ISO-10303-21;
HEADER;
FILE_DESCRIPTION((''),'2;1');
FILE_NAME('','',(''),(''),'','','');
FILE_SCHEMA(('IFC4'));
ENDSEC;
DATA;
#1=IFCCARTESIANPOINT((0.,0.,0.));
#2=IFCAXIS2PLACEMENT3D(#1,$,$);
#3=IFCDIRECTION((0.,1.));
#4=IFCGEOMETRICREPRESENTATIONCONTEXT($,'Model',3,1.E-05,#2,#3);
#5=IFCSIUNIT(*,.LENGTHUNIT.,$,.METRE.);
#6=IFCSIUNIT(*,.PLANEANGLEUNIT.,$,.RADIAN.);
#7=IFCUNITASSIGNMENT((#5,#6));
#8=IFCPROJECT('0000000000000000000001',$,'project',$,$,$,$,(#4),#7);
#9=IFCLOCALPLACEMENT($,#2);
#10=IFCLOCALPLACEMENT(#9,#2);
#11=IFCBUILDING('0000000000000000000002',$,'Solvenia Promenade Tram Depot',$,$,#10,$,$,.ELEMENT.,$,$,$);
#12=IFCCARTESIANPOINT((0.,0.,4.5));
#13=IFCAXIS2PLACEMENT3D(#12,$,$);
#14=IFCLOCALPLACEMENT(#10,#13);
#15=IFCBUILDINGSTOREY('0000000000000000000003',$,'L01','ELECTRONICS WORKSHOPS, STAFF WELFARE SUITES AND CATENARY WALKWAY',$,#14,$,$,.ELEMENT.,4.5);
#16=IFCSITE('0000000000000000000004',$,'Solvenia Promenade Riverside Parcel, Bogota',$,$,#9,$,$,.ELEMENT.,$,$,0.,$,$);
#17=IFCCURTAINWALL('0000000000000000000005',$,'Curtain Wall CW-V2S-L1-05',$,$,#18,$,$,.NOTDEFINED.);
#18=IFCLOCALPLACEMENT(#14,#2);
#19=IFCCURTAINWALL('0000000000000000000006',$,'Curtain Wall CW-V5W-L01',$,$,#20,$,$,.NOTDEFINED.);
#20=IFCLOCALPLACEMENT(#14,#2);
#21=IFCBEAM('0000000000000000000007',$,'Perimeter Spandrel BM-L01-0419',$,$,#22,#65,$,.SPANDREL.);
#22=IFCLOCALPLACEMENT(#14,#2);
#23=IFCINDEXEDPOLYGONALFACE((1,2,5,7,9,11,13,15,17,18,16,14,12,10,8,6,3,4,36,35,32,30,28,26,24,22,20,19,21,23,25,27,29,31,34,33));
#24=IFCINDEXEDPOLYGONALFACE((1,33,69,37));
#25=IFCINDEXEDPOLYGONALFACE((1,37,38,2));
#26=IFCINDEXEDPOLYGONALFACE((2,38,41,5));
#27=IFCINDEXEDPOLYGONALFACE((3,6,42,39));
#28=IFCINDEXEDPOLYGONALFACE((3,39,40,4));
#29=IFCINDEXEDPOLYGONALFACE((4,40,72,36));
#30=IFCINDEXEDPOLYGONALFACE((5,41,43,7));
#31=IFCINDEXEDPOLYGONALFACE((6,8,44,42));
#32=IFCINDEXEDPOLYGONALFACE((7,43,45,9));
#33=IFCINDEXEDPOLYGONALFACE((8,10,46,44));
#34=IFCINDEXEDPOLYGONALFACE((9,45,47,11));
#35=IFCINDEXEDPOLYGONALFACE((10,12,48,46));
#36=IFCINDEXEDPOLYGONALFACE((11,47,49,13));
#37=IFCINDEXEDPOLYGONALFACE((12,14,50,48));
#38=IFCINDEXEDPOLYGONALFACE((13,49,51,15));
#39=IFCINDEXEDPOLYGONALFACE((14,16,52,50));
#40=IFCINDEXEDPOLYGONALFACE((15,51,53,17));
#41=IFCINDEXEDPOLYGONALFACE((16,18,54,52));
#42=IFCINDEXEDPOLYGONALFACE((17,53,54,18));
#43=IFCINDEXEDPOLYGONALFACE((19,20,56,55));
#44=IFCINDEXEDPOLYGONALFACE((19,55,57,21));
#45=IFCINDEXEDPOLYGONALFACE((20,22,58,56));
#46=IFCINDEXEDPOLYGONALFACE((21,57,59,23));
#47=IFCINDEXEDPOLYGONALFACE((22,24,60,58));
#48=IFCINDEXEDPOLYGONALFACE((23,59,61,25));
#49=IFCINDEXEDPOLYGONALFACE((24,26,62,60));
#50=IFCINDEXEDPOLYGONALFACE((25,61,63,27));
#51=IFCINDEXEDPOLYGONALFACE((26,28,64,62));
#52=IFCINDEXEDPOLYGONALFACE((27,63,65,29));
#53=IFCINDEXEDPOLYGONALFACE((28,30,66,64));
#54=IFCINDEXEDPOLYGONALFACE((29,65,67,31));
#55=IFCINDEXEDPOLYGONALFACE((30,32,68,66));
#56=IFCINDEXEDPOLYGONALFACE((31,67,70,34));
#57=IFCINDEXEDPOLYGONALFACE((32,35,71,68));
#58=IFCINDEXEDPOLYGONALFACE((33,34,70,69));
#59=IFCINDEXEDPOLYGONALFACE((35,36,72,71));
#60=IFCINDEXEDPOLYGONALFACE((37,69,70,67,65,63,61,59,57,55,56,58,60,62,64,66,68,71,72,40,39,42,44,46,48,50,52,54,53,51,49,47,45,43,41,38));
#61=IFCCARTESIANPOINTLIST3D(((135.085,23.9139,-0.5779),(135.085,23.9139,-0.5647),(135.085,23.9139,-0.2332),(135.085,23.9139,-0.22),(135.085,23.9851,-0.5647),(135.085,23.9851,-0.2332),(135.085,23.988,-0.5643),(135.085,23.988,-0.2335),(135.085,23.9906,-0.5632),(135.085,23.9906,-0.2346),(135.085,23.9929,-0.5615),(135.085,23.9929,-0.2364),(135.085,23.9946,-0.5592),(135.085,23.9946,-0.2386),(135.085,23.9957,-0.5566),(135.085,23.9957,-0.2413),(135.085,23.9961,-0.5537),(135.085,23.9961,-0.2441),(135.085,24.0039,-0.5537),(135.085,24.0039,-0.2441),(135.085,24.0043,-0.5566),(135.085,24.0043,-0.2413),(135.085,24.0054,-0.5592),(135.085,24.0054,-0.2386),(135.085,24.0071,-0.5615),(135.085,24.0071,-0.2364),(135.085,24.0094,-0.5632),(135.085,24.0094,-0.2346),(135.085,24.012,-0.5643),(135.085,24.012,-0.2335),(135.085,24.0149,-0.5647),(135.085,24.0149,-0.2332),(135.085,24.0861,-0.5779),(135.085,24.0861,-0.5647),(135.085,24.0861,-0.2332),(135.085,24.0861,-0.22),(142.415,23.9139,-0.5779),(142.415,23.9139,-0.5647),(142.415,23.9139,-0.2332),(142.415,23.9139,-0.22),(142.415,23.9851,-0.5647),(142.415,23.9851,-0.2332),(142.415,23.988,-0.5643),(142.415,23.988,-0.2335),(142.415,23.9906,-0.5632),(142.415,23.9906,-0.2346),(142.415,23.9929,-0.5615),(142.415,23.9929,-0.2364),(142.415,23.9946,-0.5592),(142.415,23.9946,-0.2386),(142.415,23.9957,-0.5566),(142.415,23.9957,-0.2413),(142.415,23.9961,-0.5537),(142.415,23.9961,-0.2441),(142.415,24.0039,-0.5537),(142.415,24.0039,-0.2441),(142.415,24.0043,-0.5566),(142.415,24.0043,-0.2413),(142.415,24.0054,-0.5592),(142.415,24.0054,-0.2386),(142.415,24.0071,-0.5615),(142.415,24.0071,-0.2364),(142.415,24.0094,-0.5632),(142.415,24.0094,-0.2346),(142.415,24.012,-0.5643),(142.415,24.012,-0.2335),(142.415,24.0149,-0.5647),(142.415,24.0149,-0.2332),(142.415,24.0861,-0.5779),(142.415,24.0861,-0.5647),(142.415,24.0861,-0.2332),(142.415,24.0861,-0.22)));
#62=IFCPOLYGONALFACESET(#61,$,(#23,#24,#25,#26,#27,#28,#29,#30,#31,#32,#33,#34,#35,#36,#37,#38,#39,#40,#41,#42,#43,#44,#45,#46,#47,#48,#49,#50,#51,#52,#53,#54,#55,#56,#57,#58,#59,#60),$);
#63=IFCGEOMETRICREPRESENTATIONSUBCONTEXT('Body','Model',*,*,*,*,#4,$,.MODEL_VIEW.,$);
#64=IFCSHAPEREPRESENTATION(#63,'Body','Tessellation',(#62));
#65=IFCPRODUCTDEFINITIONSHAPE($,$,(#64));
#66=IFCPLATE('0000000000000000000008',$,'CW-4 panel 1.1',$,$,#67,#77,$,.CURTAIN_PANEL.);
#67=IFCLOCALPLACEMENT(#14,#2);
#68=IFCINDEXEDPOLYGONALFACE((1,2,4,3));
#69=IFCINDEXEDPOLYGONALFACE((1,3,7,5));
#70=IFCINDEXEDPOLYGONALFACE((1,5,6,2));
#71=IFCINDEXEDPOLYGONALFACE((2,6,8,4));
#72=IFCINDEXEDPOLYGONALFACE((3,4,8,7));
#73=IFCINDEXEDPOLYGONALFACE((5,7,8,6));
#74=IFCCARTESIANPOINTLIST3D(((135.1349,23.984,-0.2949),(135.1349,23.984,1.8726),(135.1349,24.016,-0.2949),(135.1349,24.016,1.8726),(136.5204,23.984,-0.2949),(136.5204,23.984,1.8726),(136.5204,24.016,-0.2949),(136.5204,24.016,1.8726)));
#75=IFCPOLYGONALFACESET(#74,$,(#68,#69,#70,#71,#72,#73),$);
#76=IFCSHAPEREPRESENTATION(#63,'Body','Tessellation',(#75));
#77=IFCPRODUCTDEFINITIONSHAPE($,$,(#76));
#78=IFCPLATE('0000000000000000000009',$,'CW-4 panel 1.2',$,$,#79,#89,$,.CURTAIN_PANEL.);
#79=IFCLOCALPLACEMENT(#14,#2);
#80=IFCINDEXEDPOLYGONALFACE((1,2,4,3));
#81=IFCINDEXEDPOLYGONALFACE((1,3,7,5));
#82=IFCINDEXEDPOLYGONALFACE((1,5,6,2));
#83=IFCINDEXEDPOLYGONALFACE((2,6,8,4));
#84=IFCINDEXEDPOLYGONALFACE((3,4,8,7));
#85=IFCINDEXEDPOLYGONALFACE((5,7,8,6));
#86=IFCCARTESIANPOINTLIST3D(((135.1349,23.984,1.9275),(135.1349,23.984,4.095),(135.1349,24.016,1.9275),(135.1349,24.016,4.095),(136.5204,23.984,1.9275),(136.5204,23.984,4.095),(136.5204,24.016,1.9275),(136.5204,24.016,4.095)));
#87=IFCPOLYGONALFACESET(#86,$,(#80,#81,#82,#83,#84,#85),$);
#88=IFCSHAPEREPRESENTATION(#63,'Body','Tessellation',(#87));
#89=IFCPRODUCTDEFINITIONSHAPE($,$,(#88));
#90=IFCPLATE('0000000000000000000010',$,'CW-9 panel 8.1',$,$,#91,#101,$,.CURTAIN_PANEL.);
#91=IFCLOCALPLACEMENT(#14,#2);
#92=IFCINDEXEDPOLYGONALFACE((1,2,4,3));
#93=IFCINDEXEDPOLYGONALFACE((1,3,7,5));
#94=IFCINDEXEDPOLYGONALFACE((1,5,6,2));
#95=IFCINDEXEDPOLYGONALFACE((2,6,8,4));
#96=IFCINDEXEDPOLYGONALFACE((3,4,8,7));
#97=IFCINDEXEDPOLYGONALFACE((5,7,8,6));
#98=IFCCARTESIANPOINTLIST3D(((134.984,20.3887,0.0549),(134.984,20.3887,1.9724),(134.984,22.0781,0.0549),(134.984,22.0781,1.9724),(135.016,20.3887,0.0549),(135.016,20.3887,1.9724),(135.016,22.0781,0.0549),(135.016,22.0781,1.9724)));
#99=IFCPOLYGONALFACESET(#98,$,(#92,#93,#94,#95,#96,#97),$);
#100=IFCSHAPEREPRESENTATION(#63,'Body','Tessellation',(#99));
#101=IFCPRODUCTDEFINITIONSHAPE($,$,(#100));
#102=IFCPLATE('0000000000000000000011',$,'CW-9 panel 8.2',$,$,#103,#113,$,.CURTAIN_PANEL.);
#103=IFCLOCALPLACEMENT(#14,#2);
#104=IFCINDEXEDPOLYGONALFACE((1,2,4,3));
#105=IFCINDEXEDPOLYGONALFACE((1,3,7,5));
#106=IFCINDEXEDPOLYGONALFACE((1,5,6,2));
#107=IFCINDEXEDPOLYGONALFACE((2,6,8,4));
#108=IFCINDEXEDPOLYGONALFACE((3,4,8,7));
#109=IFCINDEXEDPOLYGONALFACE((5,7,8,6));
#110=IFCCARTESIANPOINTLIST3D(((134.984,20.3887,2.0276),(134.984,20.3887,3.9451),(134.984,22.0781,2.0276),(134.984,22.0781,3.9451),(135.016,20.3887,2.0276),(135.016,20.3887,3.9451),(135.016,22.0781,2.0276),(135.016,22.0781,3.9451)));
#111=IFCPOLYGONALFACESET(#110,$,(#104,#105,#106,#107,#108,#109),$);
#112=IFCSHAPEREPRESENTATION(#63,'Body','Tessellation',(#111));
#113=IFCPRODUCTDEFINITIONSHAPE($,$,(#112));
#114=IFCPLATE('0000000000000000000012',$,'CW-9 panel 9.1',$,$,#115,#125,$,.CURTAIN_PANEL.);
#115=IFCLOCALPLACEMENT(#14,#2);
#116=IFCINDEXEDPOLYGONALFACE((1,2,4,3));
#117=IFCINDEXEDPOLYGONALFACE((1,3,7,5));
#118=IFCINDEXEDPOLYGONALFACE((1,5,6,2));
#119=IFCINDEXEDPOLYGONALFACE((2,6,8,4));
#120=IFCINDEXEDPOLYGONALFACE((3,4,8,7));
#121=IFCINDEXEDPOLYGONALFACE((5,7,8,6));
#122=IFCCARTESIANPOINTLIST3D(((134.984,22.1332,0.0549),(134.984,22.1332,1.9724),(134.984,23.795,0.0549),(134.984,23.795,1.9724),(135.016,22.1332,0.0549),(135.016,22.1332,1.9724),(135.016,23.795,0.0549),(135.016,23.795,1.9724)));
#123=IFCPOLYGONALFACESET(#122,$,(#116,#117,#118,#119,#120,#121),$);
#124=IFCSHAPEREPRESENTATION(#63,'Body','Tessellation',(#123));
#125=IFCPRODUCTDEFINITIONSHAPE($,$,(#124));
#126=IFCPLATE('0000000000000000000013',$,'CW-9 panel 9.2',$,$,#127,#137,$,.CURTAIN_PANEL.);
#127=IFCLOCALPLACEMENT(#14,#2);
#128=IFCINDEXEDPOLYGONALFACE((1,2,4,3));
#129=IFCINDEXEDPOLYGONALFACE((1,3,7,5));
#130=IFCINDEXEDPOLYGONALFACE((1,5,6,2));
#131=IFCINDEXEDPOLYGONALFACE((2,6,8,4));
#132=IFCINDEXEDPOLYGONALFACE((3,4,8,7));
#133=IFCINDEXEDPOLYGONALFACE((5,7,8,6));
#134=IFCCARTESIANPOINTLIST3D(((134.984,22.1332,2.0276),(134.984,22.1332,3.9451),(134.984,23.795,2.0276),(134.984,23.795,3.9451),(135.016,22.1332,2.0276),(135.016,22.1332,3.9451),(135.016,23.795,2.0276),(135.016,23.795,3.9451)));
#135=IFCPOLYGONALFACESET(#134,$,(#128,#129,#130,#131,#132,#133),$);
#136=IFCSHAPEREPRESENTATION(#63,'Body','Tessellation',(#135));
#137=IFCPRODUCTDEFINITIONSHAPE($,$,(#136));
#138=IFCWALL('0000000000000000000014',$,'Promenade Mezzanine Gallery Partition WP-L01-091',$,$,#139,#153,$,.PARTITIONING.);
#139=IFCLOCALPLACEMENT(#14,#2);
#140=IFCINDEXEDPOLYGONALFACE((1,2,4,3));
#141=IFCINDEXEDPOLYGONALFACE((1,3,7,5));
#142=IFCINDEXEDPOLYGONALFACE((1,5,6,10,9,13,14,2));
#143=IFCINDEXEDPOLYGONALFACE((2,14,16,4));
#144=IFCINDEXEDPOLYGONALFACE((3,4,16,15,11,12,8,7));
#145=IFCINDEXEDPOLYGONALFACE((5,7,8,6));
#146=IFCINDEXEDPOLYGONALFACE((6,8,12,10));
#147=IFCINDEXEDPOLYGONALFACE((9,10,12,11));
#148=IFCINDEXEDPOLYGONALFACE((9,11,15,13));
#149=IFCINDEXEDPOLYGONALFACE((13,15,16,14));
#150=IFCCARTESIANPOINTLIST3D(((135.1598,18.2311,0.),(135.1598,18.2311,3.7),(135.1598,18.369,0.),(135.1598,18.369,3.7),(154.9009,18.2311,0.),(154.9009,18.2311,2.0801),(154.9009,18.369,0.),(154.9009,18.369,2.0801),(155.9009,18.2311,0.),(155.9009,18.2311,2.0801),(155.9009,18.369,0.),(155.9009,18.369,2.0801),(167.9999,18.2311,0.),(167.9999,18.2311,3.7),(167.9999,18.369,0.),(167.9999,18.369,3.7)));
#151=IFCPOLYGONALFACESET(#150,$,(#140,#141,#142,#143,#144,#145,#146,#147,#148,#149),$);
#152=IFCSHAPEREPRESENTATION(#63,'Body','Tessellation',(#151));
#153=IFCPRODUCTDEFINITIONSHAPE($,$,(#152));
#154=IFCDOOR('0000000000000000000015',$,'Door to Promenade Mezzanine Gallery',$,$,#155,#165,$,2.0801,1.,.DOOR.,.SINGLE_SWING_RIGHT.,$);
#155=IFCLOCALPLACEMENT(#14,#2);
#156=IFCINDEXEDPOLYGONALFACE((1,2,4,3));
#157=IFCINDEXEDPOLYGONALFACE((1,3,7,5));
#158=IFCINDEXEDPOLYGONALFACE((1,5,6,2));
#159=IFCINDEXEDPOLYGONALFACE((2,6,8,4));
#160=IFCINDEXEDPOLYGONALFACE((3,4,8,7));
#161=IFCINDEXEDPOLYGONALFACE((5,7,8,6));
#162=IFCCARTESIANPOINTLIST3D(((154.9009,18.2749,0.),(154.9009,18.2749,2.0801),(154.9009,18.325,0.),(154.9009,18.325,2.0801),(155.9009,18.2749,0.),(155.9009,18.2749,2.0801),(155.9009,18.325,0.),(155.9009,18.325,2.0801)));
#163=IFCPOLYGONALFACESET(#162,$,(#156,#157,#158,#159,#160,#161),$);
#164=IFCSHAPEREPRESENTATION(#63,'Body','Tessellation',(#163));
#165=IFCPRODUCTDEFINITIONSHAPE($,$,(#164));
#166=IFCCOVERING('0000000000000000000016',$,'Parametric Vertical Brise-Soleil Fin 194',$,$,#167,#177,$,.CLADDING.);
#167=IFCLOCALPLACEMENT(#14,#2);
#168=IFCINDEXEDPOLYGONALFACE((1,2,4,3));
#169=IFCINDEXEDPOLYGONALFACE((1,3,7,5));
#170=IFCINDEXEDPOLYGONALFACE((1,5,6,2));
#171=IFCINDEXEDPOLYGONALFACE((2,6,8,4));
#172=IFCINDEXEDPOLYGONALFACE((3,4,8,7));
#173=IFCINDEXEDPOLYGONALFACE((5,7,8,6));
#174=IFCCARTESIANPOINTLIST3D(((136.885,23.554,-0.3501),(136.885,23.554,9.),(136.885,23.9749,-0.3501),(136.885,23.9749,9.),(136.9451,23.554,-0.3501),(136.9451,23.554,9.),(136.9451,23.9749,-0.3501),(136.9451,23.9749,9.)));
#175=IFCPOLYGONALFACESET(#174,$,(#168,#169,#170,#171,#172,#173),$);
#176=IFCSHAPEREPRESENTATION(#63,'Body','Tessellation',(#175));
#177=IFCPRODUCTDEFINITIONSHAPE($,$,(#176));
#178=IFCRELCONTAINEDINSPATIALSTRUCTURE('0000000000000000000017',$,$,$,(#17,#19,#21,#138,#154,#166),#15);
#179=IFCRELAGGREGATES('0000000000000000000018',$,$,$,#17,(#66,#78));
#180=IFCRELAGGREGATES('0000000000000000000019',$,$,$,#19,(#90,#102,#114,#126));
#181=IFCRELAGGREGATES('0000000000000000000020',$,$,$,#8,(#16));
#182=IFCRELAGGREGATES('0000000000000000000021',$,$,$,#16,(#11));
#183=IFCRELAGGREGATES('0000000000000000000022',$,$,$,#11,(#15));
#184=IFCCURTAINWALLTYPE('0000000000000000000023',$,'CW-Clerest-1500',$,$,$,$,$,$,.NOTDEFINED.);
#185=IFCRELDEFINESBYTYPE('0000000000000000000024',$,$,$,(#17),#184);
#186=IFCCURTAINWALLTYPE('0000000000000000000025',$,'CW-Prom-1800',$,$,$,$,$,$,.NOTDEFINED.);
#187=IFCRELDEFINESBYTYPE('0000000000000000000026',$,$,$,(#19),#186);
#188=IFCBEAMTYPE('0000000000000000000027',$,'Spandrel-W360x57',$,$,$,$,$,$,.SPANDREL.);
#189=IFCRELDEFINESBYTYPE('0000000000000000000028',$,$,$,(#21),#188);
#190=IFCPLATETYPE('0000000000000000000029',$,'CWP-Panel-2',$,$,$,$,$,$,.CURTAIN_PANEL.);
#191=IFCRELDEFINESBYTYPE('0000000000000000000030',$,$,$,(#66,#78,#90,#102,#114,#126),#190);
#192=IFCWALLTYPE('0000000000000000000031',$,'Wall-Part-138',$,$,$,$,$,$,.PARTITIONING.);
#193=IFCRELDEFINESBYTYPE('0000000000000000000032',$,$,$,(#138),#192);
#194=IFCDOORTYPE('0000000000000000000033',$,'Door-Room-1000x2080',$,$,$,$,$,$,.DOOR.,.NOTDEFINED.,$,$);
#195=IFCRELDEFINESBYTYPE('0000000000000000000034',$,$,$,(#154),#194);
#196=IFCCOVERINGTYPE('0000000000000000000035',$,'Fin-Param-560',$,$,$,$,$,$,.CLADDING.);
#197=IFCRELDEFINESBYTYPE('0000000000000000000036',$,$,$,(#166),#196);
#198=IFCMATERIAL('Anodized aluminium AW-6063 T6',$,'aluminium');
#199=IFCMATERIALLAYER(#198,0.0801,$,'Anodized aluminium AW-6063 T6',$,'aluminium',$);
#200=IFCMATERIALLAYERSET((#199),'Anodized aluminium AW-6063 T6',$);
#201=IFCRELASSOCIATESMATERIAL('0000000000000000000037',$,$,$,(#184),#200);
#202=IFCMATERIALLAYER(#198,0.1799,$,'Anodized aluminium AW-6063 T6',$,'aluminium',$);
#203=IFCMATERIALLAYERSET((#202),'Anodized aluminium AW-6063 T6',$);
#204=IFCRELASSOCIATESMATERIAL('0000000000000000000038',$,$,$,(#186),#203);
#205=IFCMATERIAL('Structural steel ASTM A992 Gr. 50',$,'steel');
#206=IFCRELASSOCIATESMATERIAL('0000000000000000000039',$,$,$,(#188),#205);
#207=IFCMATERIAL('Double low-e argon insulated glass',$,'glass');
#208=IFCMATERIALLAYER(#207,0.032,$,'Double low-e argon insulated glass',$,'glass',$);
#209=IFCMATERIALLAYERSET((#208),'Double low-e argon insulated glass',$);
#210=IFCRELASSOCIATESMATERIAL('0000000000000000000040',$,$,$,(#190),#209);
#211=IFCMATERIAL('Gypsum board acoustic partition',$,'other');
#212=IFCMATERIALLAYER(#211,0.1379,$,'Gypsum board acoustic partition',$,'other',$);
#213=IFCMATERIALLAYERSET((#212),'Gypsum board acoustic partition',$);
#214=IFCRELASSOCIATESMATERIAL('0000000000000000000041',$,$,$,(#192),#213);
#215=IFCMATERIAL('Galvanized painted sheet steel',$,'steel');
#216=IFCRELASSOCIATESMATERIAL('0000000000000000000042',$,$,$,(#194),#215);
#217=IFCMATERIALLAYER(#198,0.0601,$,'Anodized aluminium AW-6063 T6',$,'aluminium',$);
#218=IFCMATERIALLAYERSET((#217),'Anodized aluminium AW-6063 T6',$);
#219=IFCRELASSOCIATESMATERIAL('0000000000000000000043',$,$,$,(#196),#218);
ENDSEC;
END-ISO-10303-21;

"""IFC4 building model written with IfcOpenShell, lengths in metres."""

from ifc_helpers import new_model, si_unit, direction, frame, frame_2d, origin, origin_2d, place, context, subcontext, project, spatial, rectangle, i_section, extrude, material, layer, layer_set, material_profile, profile_set, type_object, element, fill, aggregate, save


model = new_model("IFC4")

# Units and contexts
model_context = context("Model", 3, precision=1e-05, world=origin(), true_north=direction((0.0, 1.0)))
body_context = subcontext(model_context, "Body", "Model", "MODEL_VIEW")
ifc_project = project(units=[si_unit("LENGTHUNIT", "METRE"), si_unit("PLANEANGLEUNIT", "RADIAN")], contexts=[model_context])

# Site, building, storey
site_placement = place(None, origin())
site = spatial("IfcSite", under=ifc_project, at=site_placement, Name="Solvenia Promenade Riverside Parcel, Bogota", CompositionType="ELEMENT", RefElevation=0.0)
building_placement = place(site_placement, origin())
building = spatial("IfcBuilding", under=site, at=building_placement, Name="Solvenia Promenade Tram Depot", CompositionType="ELEMENT")
storey_placement = place(building_placement, frame((0.0, 0.0, 4.5)))
storey = spatial("IfcBuildingStorey", under=building, at=storey_placement, Name="L01", Description="ELECTRONICS WORKSHOPS, STAFF WELFARE SUITES AND CATENARY WALKWAY", CompositionType="ELEMENT", Elevation=4.5)

# Shared definitions
ifc_material_1 = material(Name="Structural steel ASTM A992 Gr. 50", Category="steel")

# Curtain walls
ifc_material_2 = material(Name="Anodized aluminium AW-6063 T6", Category="aluminium")
ifc_layer_1 = layer(ifc_material_2, 0.0801, Name="Anodized aluminium AW-6063 T6", Category="aluminium")
ifc_layer_set_1 = layer_set([ifc_layer_1], Name="Anodized aluminium AW-6063 T6")
curtain_wall_type_1 = type_object("IfcCurtainWallType", Name="CW-Clerest-1500", PredefinedType="NOTDEFINED", material=ifc_layer_set_1)
curtain_wall_1_placement = place(storey_placement, origin())
curtain_wall_1 = element("IfcCurtainWall", 1, at=curtain_wall_1_placement, inside=storey, type_object=curtain_wall_type_1, Name="Curtain Wall CW-V2S-L1-05", PredefinedType="NOTDEFINED")
ifc_layer_2 = layer(ifc_material_2, 0.1799, Name="Anodized aluminium AW-6063 T6", Category="aluminium")
ifc_layer_set_2 = layer_set([ifc_layer_2], Name="Anodized aluminium AW-6063 T6")
curtain_wall_type_2 = type_object("IfcCurtainWallType", Name="CW-Prom-1800", PredefinedType="NOTDEFINED", material=ifc_layer_set_2)
curtain_wall_2_placement = place(storey_placement, origin())
curtain_wall_2 = element("IfcCurtainWall", 2, at=curtain_wall_2_placement, inside=storey, type_object=curtain_wall_type_2, Name="Curtain Wall CW-V5W-L01", PredefinedType="NOTDEFINED")

# Beam
ifc_material_profile_1 = material_profile(ifc_material_1, i_section(OverallWidth=0.1721, OverallDepth=0.3579, WebThickness=0.0078, FlangeThickness=0.0132, FilletRadius=0.011, at=origin_2d()), Name="W360x57", Category="steel")
ifc_profile_set_1 = profile_set([ifc_material_profile_1], Name="Structural steel ASTM A992 Gr. 50")
beam_type_1 = type_object("IfcBeamType", Name="Spandrel-W360x57", PredefinedType="SPANDREL", material=ifc_profile_set_1)
beam_1_placement = place(storey_placement, frame((135.085, 24.0, -0.3989), z_axis=(1.0, 0.0, 0.0), x_axis=(0.0, 1.0, 0.0)))
element("IfcBeam", 3, at=beam_1_placement, inside=storey, type_object=beam_type_1, Name="Perimeter Spandrel BM-L01-0419", PredefinedType="SPANDREL", context=body_context, shape_type="SweptSolid", body=[
    extrude(i_section(OverallWidth=0.1721, OverallDepth=0.3579, WebThickness=0.0078, FlangeThickness=0.0132, FilletRadius=0.011, at=origin_2d()), origin(), (0.0, 0.0, 1.0), 7.3301),
])

# Plates
ifc_material_3 = material(Name="Double low-e argon insulated glass", Category="glass")
ifc_layer_3 = layer(ifc_material_3, 0.032, Name="Double low-e argon insulated glass", Category="glass")
ifc_layer_set_3 = layer_set([ifc_layer_3], Name="Double low-e argon insulated glass")
plate_type = type_object("IfcPlateType", Name="CWP-Panel-2", PredefinedType="CURTAIN_PANEL", material=ifc_layer_set_3)
plate_1_placement = place(storey_placement, frame((135.8276, 24.0, -0.2949), z_axis=(0.0, 0.0, 1.0), x_axis=(1.0, 0.0, 0.0)))
plate_1 = element("IfcPlate", 4, at=plate_1_placement, type_object=plate_type, Name="CW-4 panel 1.1", PredefinedType="CURTAIN_PANEL", context=body_context, shape_type="SweptSolid", body=[
    extrude(rectangle(XDim=1.3855, YDim=0.032, at=origin_2d()), origin(), (0.0, 0.0, 1.0), 2.1675),
])
plate_2_placement = place(storey_placement, frame((135.8276, 24.0, 1.9275), z_axis=(0.0, 0.0, 1.0), x_axis=(1.0, 0.0, 0.0)))
plate_2 = element("IfcPlate", 5, at=plate_2_placement, type_object=plate_type, Name="CW-4 panel 1.2", PredefinedType="CURTAIN_PANEL", context=body_context, shape_type="SweptSolid", body=[
    extrude(rectangle(XDim=1.3855, YDim=0.032, at=origin_2d()), origin(), (0.0, 0.0, 1.0), 2.1675),
])
aggregate(curtain_wall_1, [plate_1, plate_2])
plate_3_placement = place(storey_placement, frame((135.0, 21.2334, 0.0549), z_axis=(0.0, 0.0, 1.0), x_axis=(0.0, 1.0, 0.0)))
plate_3 = element("IfcPlate", 6, at=plate_3_placement, type_object=plate_type, Name="CW-9 panel 8.1", PredefinedType="CURTAIN_PANEL", context=body_context, shape_type="SweptSolid", body=[
    extrude(rectangle(XDim=1.6895, YDim=0.032, at=origin_2d()), origin(), (0.0, 0.0, 1.0), 1.9175),
])
plate_4_placement = place(storey_placement, frame((135.0, 21.2334, 2.0276), z_axis=(0.0, 0.0, 1.0), x_axis=(0.0, 1.0, 0.0)))
plate_4 = element("IfcPlate", 7, at=plate_4_placement, type_object=plate_type, Name="CW-9 panel 8.2", PredefinedType="CURTAIN_PANEL", context=body_context, shape_type="SweptSolid", body=[
    extrude(rectangle(XDim=1.6895, YDim=0.032, at=origin_2d()), origin(), (0.0, 0.0, 1.0), 1.9175),
])
plate_5_placement = place(storey_placement, frame((135.0, 22.9641, 0.0549), z_axis=(0.0, 0.0, 1.0), x_axis=(0.0, 1.0, 0.0)))
plate_5 = element("IfcPlate", 8, at=plate_5_placement, type_object=plate_type, Name="CW-9 panel 9.1", PredefinedType="CURTAIN_PANEL", context=body_context, shape_type="SweptSolid", body=[
    extrude(rectangle(XDim=1.6619, YDim=0.032, at=origin_2d()), origin(), (0.0, 0.0, 1.0), 1.9175),
])
plate_6_placement = place(storey_placement, frame((135.0, 22.9641, 2.0276), z_axis=(0.0, 0.0, 1.0), x_axis=(0.0, 1.0, 0.0)))
plate_6 = element("IfcPlate", 9, at=plate_6_placement, type_object=plate_type, Name="CW-9 panel 9.2", PredefinedType="CURTAIN_PANEL", context=body_context, shape_type="SweptSolid", body=[
    extrude(rectangle(XDim=1.6619, YDim=0.032, at=origin_2d()), origin(), (0.0, 0.0, 1.0), 1.9175),
])
aggregate(curtain_wall_2, [plate_3, plate_4, plate_5, plate_6])

# Wall, opening, door
ifc_material_4 = material(Name="Gypsum board acoustic partition", Category="other")
ifc_layer_4 = layer(ifc_material_4, 0.1379, Name="Gypsum board acoustic partition", Category="other")
ifc_layer_set_4 = layer_set([ifc_layer_4], Name="Gypsum board acoustic partition")
wall_type = type_object("IfcWallType", Name="Wall-Part-138", PredefinedType="PARTITIONING", material=ifc_layer_set_4)
wall_placement = place(storey_placement, frame((135.1599, 18.3, 0.0), z_axis=(0.0, 0.0, 1.0), x_axis=(1.0, 0.0, 0.0)))
wall = element("IfcWall", 10, at=wall_placement, inside=storey, type_object=wall_type, Name="Promenade Mezzanine Gallery Partition WP-L01-091", PredefinedType="PARTITIONING", context=body_context, shape_type="SweptSolid", body=[
    extrude(rectangle(XDim=32.8401, YDim=0.1379, at=frame_2d((16.4199, 0.0))), origin(), (0.0, 0.0, 1.0), 3.7),
])
opening_placement = place(wall_placement, frame((19.741, 0.0, 0.0)))
opening = element("IfcOpeningElement", 11, at=opening_placement, cuts=wall, PredefinedType="OPENING", context=body_context, shape_type="SweptSolid", body=[
    extrude(rectangle(XDim=1.0, YDim=2.0801, at=frame_2d((0.5, 1.04))), frame((0.0, 0.0789, 0.0), z_axis=(0.0, -1.0, 0.0), x_axis=(1.0, 0.0, 0.0)), (0.0, 0.0, 1.0), 0.158),
])
ifc_material_5 = material(Name="Galvanized painted sheet steel", Category="steel")
door_type = type_object("IfcDoorType", Name="Door-Room-1000x2080", OperationType="NOTDEFINED", PredefinedType="DOOR", material=ifc_material_5)
door_placement = place(opening_placement, origin())
door = element("IfcDoor", 12, at=door_placement, inside=storey, type_object=door_type, Name="Door to Promenade Mezzanine Gallery", OperationType="SINGLE_SWING_RIGHT", OverallHeight=2.0801, OverallWidth=1.0, PredefinedType="DOOR", context=body_context, shape_type="SweptSolid", body=[
    extrude(rectangle(XDim=1.0, YDim=2.0801, at=frame_2d((0.5, 1.04))), frame((0.0, 0.0249, 0.0), z_axis=(0.0, -1.0, 0.0), x_axis=(1.0, 0.0, 0.0)), (0.0, 0.0, 1.0), 0.05),
])
fill(opening, door)

# Covering
ifc_layer_5 = layer(ifc_material_2, 0.0601, Name="Anodized aluminium AW-6063 T6", Category="aluminium")
ifc_layer_set_5 = layer_set([ifc_layer_5], Name="Anodized aluminium AW-6063 T6")
covering_type = type_object("IfcCoveringType", Name="Fin-Param-560", PredefinedType="CLADDING", material=ifc_layer_set_5)
covering_placement = place(storey_placement, frame((136.915, 23.7644, -0.3501), z_axis=(0.0, 0.0, 1.0), x_axis=(1.0, 0.0, 0.0)))
element("IfcCovering", 13, at=covering_placement, inside=storey, type_object=covering_type, Name="Parametric Vertical Brise-Soleil Fin 194", PredefinedType="CLADDING", context=body_context, shape_type="SweptSolid", body=[
    extrude(rectangle(XDim=0.0601, YDim=0.4209, at=origin_2d()), origin(), (0.0, 0.0, 1.0), 9.3501),
])

save(model, "model.ifc")
